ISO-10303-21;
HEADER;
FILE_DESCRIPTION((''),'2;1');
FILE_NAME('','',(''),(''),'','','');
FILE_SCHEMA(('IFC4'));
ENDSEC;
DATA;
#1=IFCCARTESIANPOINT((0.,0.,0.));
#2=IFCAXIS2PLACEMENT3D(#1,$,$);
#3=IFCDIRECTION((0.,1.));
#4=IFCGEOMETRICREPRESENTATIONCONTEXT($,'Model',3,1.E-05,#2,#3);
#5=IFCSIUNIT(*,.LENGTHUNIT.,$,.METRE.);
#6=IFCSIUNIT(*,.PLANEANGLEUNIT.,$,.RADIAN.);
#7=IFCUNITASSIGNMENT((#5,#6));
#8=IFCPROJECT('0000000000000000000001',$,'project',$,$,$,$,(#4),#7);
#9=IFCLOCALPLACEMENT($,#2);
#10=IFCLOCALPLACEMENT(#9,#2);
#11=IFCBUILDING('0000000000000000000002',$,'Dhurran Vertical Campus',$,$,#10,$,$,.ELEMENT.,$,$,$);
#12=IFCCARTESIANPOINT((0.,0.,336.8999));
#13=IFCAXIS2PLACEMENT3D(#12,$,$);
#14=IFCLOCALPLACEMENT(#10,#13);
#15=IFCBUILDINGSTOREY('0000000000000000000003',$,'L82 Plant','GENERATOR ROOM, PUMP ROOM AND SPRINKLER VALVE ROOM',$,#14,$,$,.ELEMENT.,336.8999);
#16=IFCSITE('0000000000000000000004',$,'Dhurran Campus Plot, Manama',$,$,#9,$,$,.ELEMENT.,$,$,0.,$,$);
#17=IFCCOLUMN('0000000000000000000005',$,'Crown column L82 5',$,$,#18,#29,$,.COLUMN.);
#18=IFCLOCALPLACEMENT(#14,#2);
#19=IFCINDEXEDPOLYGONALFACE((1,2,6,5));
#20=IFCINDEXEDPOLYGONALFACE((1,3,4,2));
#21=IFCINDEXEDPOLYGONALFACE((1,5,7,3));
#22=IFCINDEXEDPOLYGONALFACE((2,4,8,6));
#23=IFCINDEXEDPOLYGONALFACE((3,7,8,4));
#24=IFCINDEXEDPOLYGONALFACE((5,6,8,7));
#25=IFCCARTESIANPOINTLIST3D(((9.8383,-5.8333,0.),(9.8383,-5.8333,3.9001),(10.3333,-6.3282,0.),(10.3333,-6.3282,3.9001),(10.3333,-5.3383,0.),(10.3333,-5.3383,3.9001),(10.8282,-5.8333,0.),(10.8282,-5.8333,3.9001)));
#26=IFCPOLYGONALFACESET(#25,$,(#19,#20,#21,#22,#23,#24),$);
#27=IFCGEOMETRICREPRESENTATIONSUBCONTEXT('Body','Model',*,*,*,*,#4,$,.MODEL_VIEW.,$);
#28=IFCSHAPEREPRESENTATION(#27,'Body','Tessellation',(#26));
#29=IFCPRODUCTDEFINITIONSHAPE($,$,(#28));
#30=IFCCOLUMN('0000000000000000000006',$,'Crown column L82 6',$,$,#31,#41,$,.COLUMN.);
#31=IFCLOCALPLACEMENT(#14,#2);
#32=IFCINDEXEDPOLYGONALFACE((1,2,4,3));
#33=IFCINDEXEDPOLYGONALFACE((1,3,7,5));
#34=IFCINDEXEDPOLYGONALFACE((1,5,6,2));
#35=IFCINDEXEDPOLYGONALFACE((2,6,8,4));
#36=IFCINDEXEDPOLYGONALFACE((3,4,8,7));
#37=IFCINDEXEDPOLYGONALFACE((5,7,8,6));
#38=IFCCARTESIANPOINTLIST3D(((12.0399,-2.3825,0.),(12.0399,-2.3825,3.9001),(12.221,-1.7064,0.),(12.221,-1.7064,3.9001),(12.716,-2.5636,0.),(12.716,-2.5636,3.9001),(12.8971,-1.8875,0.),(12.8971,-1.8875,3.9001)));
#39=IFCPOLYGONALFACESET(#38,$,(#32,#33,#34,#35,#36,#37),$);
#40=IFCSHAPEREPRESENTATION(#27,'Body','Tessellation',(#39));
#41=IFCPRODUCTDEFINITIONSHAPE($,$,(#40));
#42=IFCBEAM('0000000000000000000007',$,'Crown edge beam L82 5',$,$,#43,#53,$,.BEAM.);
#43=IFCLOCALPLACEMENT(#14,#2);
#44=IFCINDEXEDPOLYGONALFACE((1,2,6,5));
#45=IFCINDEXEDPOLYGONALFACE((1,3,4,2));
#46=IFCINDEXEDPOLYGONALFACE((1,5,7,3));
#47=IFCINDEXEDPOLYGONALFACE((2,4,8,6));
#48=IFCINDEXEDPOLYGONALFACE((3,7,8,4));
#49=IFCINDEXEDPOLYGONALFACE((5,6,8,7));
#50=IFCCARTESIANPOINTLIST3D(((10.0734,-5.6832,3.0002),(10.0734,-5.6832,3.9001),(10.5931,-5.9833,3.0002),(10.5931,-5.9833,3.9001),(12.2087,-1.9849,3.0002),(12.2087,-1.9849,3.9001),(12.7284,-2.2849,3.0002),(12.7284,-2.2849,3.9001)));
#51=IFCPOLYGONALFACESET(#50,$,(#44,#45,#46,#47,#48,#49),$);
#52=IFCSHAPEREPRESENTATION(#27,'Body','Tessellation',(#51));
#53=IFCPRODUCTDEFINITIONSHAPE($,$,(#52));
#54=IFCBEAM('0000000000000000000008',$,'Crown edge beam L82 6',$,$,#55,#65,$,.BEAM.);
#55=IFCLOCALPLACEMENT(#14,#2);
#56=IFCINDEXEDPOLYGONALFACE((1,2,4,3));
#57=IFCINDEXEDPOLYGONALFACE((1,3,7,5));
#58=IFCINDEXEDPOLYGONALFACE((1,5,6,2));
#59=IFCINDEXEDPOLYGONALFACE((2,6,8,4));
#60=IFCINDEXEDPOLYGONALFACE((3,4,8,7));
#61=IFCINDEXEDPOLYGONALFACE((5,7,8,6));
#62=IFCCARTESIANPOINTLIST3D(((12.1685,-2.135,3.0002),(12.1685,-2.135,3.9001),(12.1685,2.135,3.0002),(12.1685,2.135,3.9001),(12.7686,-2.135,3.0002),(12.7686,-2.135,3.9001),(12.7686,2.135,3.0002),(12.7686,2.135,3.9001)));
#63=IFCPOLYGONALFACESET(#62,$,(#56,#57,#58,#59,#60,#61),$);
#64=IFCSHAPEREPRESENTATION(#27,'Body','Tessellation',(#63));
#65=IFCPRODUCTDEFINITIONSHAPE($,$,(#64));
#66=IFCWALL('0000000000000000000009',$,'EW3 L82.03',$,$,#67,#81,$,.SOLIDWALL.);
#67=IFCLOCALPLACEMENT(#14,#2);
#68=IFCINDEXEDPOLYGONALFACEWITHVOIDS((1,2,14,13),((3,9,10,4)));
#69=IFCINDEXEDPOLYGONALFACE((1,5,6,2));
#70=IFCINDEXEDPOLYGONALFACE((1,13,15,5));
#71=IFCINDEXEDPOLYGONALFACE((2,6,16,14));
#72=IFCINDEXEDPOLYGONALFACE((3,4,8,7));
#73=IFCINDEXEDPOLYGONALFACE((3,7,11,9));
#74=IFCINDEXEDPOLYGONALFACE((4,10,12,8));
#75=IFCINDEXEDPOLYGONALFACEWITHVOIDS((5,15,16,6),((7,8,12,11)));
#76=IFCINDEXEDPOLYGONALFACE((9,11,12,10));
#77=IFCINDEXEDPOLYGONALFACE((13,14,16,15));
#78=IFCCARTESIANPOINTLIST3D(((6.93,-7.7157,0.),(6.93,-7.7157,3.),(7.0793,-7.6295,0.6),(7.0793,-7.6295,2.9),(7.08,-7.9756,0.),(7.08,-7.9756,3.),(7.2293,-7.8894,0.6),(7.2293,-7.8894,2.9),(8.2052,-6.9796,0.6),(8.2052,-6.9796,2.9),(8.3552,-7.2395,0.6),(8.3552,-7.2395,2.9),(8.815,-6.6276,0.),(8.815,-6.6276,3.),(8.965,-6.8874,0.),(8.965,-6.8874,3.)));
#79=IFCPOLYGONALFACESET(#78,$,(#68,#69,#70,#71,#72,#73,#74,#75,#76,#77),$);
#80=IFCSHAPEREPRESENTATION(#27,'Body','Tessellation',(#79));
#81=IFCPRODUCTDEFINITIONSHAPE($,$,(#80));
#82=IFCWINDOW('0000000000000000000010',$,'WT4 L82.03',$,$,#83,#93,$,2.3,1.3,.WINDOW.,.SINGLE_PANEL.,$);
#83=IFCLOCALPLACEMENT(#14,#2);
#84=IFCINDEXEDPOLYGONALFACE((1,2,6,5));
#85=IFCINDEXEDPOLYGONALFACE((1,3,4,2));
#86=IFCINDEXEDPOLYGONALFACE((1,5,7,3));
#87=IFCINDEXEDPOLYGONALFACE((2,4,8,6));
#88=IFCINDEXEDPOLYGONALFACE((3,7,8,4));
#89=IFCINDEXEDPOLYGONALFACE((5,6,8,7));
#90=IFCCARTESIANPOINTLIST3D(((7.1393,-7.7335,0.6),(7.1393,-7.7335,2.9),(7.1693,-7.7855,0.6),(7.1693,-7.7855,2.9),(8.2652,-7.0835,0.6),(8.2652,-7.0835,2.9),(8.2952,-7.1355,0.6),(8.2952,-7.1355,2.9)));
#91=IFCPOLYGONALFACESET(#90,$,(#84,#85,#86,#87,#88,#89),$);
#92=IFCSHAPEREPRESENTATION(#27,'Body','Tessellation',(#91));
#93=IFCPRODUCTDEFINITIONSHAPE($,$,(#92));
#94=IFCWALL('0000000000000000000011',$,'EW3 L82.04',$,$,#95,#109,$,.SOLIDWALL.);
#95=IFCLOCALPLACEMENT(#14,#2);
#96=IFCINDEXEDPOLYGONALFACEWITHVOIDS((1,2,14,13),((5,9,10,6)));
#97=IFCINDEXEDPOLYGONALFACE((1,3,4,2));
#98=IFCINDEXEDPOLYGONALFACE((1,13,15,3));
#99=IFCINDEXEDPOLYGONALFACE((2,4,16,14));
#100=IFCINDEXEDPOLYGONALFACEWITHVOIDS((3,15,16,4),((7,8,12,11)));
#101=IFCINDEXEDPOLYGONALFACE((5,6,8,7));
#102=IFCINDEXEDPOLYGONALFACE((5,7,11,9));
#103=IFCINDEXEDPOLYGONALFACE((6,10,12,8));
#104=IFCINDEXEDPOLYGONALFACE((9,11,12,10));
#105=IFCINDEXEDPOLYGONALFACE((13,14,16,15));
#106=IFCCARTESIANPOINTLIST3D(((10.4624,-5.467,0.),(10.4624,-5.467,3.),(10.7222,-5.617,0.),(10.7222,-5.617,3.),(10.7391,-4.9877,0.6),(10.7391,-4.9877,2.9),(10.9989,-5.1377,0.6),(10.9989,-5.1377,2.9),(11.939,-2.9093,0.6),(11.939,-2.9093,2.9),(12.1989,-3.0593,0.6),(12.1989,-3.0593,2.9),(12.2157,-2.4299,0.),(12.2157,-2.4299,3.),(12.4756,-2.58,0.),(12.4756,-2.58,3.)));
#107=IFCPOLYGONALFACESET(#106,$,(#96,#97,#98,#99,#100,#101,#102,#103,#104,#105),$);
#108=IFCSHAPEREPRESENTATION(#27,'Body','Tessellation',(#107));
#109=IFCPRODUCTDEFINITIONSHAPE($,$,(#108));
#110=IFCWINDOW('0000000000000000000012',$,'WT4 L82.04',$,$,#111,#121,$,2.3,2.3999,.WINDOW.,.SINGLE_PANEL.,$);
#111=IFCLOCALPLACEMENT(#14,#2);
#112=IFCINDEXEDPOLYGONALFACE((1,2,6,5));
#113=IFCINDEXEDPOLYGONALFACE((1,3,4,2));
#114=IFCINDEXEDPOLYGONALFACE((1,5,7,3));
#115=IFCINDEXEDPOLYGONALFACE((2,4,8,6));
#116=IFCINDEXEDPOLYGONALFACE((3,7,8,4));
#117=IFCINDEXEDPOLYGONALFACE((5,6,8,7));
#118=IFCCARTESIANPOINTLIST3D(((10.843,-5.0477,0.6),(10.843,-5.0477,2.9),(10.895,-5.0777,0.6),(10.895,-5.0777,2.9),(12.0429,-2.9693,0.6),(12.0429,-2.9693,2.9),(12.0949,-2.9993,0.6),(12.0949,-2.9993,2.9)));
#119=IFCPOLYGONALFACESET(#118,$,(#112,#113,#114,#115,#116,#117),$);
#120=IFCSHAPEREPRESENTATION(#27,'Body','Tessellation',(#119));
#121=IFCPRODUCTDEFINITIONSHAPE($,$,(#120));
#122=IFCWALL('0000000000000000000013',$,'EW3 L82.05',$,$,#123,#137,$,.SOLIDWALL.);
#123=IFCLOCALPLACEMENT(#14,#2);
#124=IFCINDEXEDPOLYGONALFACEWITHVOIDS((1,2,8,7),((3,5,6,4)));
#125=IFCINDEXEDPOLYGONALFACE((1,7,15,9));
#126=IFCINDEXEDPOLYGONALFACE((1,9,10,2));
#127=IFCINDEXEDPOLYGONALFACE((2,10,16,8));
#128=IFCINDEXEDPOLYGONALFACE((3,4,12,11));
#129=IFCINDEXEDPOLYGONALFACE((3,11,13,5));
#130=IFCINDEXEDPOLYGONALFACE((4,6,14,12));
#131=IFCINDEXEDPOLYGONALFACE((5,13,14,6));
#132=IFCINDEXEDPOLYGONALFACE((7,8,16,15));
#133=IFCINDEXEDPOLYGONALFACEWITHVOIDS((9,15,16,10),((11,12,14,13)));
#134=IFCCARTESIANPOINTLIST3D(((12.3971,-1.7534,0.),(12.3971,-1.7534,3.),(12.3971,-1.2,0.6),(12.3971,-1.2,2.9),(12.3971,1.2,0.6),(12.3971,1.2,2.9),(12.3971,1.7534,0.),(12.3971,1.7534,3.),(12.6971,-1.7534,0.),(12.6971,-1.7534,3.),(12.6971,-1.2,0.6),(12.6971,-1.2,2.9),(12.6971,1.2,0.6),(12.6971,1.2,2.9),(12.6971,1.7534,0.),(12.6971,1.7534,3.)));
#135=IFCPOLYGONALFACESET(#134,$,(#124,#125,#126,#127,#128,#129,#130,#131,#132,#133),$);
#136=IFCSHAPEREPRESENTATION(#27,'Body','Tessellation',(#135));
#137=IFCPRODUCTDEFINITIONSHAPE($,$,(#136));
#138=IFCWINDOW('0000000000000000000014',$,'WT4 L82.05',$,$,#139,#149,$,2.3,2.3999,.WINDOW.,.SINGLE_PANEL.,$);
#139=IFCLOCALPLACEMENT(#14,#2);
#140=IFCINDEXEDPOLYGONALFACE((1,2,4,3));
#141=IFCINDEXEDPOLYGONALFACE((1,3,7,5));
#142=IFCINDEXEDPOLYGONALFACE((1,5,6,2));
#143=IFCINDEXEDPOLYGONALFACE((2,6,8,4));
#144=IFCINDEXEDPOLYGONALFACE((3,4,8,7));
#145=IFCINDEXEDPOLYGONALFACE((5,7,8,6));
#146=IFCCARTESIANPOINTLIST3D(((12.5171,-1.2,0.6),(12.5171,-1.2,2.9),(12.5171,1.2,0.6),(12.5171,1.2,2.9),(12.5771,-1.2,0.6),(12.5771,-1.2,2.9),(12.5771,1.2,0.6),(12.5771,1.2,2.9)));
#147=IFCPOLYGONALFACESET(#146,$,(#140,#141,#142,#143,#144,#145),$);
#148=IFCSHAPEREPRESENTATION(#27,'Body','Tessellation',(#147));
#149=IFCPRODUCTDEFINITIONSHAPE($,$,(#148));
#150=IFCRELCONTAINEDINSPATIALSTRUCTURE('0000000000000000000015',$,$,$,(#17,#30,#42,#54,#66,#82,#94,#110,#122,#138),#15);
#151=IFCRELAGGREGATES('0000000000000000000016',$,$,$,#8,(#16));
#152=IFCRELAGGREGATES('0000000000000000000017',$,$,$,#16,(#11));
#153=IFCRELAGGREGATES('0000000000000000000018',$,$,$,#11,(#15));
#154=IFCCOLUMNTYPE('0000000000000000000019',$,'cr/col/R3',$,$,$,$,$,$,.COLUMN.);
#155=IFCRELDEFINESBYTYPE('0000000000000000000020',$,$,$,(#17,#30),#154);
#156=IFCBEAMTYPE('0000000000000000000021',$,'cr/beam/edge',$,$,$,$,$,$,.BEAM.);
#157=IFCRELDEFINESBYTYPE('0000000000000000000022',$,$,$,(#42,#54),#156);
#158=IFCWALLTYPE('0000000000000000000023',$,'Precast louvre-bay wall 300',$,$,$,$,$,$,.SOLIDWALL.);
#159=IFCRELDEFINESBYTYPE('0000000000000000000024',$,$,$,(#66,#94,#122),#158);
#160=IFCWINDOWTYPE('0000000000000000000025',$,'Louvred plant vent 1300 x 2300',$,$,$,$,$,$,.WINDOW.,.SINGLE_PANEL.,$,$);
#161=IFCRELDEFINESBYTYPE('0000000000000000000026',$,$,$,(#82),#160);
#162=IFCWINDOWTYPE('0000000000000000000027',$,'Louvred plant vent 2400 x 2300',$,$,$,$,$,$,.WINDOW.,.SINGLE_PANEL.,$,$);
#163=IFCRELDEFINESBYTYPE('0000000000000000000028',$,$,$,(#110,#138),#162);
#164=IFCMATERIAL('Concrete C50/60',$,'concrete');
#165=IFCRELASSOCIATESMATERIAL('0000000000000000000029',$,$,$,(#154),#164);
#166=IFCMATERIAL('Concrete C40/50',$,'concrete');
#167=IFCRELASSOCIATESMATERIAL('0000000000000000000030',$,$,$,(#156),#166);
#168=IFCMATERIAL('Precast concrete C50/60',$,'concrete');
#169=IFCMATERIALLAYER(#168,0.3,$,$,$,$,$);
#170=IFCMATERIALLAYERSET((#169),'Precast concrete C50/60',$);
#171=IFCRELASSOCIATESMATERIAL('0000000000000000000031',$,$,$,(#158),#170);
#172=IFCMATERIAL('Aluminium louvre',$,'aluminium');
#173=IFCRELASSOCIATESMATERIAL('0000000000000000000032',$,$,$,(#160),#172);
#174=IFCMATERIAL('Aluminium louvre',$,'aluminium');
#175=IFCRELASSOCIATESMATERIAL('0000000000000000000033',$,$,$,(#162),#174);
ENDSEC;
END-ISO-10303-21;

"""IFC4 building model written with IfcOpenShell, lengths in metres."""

from ifc_helpers import new_model, si_unit, direction, frame, frame_2d, origin, origin_2d, place, context, subcontext, project, spatial, rectangle, extrude, material, layer, layer_set, material_profile, profile_set, type_object, element, fill, save


model = new_model("IFC4")

# Units and contexts
model_context = context("Model", 3, precision=1e-05, world=origin(), true_north=direction((0.0, 1.0)))
body_context = subcontext(model_context, "Body", "Model", "MODEL_VIEW")
ifc_project = project(units=[si_unit("LENGTHUNIT", "METRE"), si_unit("PLANEANGLEUNIT", "RADIAN")], contexts=[model_context])

# Site, building, storey
site_placement = place(None, origin())
site = spatial("IfcSite", under=ifc_project, at=site_placement, Name="Dhurran Campus Plot, Manama", CompositionType="ELEMENT", RefElevation=0.0)
building_placement = place(site_placement, origin())
building = spatial("IfcBuilding", under=site, at=building_placement, Name="Dhurran Vertical Campus", CompositionType="ELEMENT")
storey_placement = place(building_placement, frame((0.0, 0.0, 336.8999)))
storey = spatial("IfcBuildingStorey", under=building, at=storey_placement, Name="L82 Plant", Description="GENERATOR ROOM, PUMP ROOM AND SPRINKLER VALVE ROOM", CompositionType="ELEMENT", Elevation=336.8999)

# Columns
ifc_material_1 = material(Name="Concrete C50/60", Category="concrete")
ifc_material_profile_1 = material_profile(ifc_material_1, rectangle(XDim=0.7, YDim=0.7, at=origin_2d()), Name="cr/col/R3")
ifc_profile_set_1 = profile_set([ifc_material_profile_1], Name="Concrete C50/60")
column_type = type_object("IfcColumnType", Name="cr/col/R3", PredefinedType="COLUMN", material=ifc_profile_set_1)
for number, where, z_axis, x_axis, name in (
    (1, (10.3333, -5.8333, 0.0), (0.0, 0.0, 1.0), (0.707107, 0.707107, 0.0), "Crown column L82 5"),
    (2, (12.4685, -2.135, 0.0), (0.0, 0.0, 1.0), (0.258819, 0.965926, 0.0), "Crown column L82 6"),
):
    element("IfcColumn", number, at=place(storey_placement, frame(where, z_axis=z_axis, x_axis=x_axis)), inside=storey, type_object=column_type, Name=name, PredefinedType="COLUMN", context=body_context, shape_type="SweptSolid", body=[
        extrude(rectangle(XDim=0.7, YDim=0.7, at=origin_2d()), origin(), (0.0, 0.0, 1.0), 3.9001),
    ])

# Beams
ifc_material_2 = material(Name="Concrete C40/50", Category="concrete")
ifc_material_profile_2 = material_profile(ifc_material_2, rectangle(XDim=0.6001, YDim=0.8999, at=origin_2d()), Name="cr/beam/edge")
ifc_profile_set_2 = profile_set([ifc_material_profile_2], Name="Concrete C40/50")
beam_type = type_object("IfcBeamType", Name="cr/beam/edge", PredefinedType="BEAM", material=ifc_profile_set_2)
beam_1_placement = place(storey_placement, frame((10.3333, -5.8333, 3.4502), z_axis=(0.500013, 0.866018, 0.0), x_axis=(-0.866018, 0.500013, 0.0)))
element("IfcBeam", 3, at=beam_1_placement, inside=storey, type_object=beam_type, Name="Crown edge beam L82 5", PredefinedType="BEAM", context=body_context, shape_type="SweptSolid", body=[
    extrude(rectangle(XDim=0.6001, YDim=0.8999, at=origin_2d()), origin(), (0.0, 0.0, 1.0), 4.2705),
])
beam_2_placement = place(storey_placement, frame((12.4685, -2.135, 3.4502), z_axis=(0.0, 1.0, 0.0), x_axis=(-1.0, 0.0, 0.0)))
element("IfcBeam", 4, at=beam_2_placement, inside=storey, type_object=beam_type, Name="Crown edge beam L82 6", PredefinedType="BEAM", context=body_context, shape_type="SweptSolid", body=[
    extrude(rectangle(XDim=0.6001, YDim=0.8999, at=origin_2d()), origin(), (0.0, 0.0, 1.0), 4.27),
])

# Walls, openings, windows
ifc_material_3 = material(Name="Precast concrete C50/60", Category="concrete")
ifc_layer_1 = layer(ifc_material_3, 0.3)
ifc_layer_set_1 = layer_set([ifc_layer_1], Name="Precast concrete C50/60")
wall_type_1 = type_object("IfcWallType", Name="Precast louvre-bay wall 300", PredefinedType="SOLIDWALL", material=ifc_layer_set_1)
wall_1_placement = place(storey_placement, frame((7.0049, -7.8457, 0.0), z_axis=(0.0, 0.0, 1.0), x_axis=(0.86606, 0.499939, 0.0)))
wall_1 = element("IfcWall", 5, at=wall_1_placement, inside=storey, type_object=wall_type_1, Name="EW3 L82.03", PredefinedType="SOLIDWALL", context=body_context, shape_type="SweptSolid", body=[
    extrude(rectangle(XDim=2.1765, YDim=0.3, at=frame_2d((1.0884, 0.0))), origin(), (0.0, 0.0, 1.0), 3.0),
])
opening_1_placement = place(wall_1_placement, frame((0.1726, 0.0, 0.6001)))
opening_1 = element("IfcOpeningElement", 6, at=opening_1_placement, cuts=wall_1, PredefinedType="OPENING", context=body_context, shape_type="SweptSolid", body=[
    extrude(rectangle(XDim=1.3, YDim=2.3, at=frame_2d((0.6499, 1.1499))), frame((0.0, 0.1599, 0.0), z_axis=(0.0, -1.0, 0.0), x_axis=(1.0, 0.0, 0.0)), (0.0, 0.0, 1.0), 0.3201),
])
ifc_material_4 = material(Name="Aluminium louvre", Category="aluminium")
window_type_1 = type_object("IfcWindowType", Name="Louvred plant vent 1300 x 2300", PartitioningType="SINGLE_PANEL", PredefinedType="WINDOW", material=ifc_material_4)
window_1_placement = place(opening_1_placement, origin())
window_1 = element("IfcWindow", 7, at=window_1_placement, inside=storey, type_object=window_type_1, Name="WT4 L82.03", OverallHeight=2.3, OverallWidth=1.3, PartitioningType="SINGLE_PANEL", PredefinedType="WINDOW", context=body_context, shape_type="SweptSolid", body=[
    extrude(rectangle(XDim=1.3, YDim=2.3, at=frame_2d((0.6499, 1.1499))), frame((0.0, 0.03, 0.0), z_axis=(0.0, -1.0, 0.0), x_axis=(1.0, 0.0, 0.0)), (0.0, 0.0, 1.0), 0.0601),
])
fill(opening_1, window_1)
wall_2_placement = place(storey_placement, frame((10.5923, -5.542, 0.0), z_axis=(0.0, 0.0, 1.0), x_axis=(0.499988, 0.866033, 0.0)))
wall_2 = element("IfcWall", 8, at=wall_2_placement, inside=storey, type_object=wall_type_1, Name="EW3 L82.04", PredefinedType="SOLIDWALL", context=body_context, shape_type="SweptSolid", body=[
    extrude(rectangle(XDim=3.5068, YDim=0.3, at=frame_2d((1.7534, 0.0))), origin(), (0.0, 0.0, 1.0), 3.0),
])
opening_2_placement = place(wall_2_placement, frame((0.5535, 0.0, 0.6001)))
opening_2 = element("IfcOpeningElement", 9, at=opening_2_placement, cuts=wall_2, PredefinedType="OPENING", context=body_context, shape_type="SweptSolid", body=[
    extrude(rectangle(XDim=2.3999, YDim=2.3, at=frame_2d((1.2, 1.1499))), frame((0.0, 0.1599, 0.0), z_axis=(0.0, -1.0, 0.0), x_axis=(1.0, 0.0, 0.0)), (0.0, 0.0, 1.0), 0.3201),
])
ifc_material_5 = material(Name="Aluminium louvre", Category="aluminium")
window_type_2 = type_object("IfcWindowType", Name="Louvred plant vent 2400 x 2300", PartitioningType="SINGLE_PANEL", PredefinedType="WINDOW", material=ifc_material_5)
window_2_placement = place(opening_2_placement, origin())
window_2 = element("IfcWindow", 10, at=window_2_placement, inside=storey, type_object=window_type_2, Name="WT4 L82.04", OverallHeight=2.3, OverallWidth=2.3999, PartitioningType="SINGLE_PANEL", PredefinedType="WINDOW", context=body_context, shape_type="SweptSolid", body=[
    extrude(rectangle(XDim=2.3999, YDim=2.3, at=frame_2d((1.2, 1.1499))), frame((0.0, 0.03, 0.0), z_axis=(0.0, -1.0, 0.0), x_axis=(1.0, 0.0, 0.0)), (0.0, 0.0, 1.0), 0.0601),
])
fill(opening_2, window_2)
wall_3_placement = place(storey_placement, frame((12.5471, -1.7534, 0.0), z_axis=(0.0, 0.0, 1.0), x_axis=(0.0, 1.0, 0.0)))
wall_3 = element("IfcWall", 11, at=wall_3_placement, inside=storey, type_object=wall_type_1, Name="EW3 L82.05", PredefinedType="SOLIDWALL", context=body_context, shape_type="SweptSolid", body=[
    extrude(rectangle(XDim=3.5068, YDim=0.3, at=frame_2d((1.7534, 0.0))), origin(), (0.0, 0.0, 1.0), 3.0),
])
opening_3_placement = place(wall_3_placement, frame((0.5535, 0.0, 0.6001)))
opening_3 = element("IfcOpeningElement", 12, at=opening_3_placement, cuts=wall_3, PredefinedType="OPENING", context=body_context, shape_type="SweptSolid", body=[
    extrude(rectangle(XDim=2.3999, YDim=2.3, at=frame_2d((1.2, 1.1499))), frame((0.0, 0.1599, 0.0), z_axis=(0.0, -1.0, 0.0), x_axis=(1.0, 0.0, 0.0)), (0.0, 0.0, 1.0), 0.3201),
])
window_3_placement = place(opening_3_placement, origin())
window_3 = element("IfcWindow", 13, at=window_3_placement, inside=storey, type_object=window_type_2, Name="WT4 L82.05", OverallHeight=2.3, OverallWidth=2.3999, PartitioningType="SINGLE_PANEL", PredefinedType="WINDOW", context=body_context, shape_type="SweptSolid", body=[
    extrude(rectangle(XDim=2.3999, YDim=2.3, at=frame_2d((1.2, 1.1499))), frame((0.0, 0.03, 0.0), z_axis=(0.0, -1.0, 0.0), x_axis=(1.0, 0.0, 0.0)), (0.0, 0.0, 1.0), 0.0601),
])
fill(opening_3, window_3)

save(model, "model.ifc")
